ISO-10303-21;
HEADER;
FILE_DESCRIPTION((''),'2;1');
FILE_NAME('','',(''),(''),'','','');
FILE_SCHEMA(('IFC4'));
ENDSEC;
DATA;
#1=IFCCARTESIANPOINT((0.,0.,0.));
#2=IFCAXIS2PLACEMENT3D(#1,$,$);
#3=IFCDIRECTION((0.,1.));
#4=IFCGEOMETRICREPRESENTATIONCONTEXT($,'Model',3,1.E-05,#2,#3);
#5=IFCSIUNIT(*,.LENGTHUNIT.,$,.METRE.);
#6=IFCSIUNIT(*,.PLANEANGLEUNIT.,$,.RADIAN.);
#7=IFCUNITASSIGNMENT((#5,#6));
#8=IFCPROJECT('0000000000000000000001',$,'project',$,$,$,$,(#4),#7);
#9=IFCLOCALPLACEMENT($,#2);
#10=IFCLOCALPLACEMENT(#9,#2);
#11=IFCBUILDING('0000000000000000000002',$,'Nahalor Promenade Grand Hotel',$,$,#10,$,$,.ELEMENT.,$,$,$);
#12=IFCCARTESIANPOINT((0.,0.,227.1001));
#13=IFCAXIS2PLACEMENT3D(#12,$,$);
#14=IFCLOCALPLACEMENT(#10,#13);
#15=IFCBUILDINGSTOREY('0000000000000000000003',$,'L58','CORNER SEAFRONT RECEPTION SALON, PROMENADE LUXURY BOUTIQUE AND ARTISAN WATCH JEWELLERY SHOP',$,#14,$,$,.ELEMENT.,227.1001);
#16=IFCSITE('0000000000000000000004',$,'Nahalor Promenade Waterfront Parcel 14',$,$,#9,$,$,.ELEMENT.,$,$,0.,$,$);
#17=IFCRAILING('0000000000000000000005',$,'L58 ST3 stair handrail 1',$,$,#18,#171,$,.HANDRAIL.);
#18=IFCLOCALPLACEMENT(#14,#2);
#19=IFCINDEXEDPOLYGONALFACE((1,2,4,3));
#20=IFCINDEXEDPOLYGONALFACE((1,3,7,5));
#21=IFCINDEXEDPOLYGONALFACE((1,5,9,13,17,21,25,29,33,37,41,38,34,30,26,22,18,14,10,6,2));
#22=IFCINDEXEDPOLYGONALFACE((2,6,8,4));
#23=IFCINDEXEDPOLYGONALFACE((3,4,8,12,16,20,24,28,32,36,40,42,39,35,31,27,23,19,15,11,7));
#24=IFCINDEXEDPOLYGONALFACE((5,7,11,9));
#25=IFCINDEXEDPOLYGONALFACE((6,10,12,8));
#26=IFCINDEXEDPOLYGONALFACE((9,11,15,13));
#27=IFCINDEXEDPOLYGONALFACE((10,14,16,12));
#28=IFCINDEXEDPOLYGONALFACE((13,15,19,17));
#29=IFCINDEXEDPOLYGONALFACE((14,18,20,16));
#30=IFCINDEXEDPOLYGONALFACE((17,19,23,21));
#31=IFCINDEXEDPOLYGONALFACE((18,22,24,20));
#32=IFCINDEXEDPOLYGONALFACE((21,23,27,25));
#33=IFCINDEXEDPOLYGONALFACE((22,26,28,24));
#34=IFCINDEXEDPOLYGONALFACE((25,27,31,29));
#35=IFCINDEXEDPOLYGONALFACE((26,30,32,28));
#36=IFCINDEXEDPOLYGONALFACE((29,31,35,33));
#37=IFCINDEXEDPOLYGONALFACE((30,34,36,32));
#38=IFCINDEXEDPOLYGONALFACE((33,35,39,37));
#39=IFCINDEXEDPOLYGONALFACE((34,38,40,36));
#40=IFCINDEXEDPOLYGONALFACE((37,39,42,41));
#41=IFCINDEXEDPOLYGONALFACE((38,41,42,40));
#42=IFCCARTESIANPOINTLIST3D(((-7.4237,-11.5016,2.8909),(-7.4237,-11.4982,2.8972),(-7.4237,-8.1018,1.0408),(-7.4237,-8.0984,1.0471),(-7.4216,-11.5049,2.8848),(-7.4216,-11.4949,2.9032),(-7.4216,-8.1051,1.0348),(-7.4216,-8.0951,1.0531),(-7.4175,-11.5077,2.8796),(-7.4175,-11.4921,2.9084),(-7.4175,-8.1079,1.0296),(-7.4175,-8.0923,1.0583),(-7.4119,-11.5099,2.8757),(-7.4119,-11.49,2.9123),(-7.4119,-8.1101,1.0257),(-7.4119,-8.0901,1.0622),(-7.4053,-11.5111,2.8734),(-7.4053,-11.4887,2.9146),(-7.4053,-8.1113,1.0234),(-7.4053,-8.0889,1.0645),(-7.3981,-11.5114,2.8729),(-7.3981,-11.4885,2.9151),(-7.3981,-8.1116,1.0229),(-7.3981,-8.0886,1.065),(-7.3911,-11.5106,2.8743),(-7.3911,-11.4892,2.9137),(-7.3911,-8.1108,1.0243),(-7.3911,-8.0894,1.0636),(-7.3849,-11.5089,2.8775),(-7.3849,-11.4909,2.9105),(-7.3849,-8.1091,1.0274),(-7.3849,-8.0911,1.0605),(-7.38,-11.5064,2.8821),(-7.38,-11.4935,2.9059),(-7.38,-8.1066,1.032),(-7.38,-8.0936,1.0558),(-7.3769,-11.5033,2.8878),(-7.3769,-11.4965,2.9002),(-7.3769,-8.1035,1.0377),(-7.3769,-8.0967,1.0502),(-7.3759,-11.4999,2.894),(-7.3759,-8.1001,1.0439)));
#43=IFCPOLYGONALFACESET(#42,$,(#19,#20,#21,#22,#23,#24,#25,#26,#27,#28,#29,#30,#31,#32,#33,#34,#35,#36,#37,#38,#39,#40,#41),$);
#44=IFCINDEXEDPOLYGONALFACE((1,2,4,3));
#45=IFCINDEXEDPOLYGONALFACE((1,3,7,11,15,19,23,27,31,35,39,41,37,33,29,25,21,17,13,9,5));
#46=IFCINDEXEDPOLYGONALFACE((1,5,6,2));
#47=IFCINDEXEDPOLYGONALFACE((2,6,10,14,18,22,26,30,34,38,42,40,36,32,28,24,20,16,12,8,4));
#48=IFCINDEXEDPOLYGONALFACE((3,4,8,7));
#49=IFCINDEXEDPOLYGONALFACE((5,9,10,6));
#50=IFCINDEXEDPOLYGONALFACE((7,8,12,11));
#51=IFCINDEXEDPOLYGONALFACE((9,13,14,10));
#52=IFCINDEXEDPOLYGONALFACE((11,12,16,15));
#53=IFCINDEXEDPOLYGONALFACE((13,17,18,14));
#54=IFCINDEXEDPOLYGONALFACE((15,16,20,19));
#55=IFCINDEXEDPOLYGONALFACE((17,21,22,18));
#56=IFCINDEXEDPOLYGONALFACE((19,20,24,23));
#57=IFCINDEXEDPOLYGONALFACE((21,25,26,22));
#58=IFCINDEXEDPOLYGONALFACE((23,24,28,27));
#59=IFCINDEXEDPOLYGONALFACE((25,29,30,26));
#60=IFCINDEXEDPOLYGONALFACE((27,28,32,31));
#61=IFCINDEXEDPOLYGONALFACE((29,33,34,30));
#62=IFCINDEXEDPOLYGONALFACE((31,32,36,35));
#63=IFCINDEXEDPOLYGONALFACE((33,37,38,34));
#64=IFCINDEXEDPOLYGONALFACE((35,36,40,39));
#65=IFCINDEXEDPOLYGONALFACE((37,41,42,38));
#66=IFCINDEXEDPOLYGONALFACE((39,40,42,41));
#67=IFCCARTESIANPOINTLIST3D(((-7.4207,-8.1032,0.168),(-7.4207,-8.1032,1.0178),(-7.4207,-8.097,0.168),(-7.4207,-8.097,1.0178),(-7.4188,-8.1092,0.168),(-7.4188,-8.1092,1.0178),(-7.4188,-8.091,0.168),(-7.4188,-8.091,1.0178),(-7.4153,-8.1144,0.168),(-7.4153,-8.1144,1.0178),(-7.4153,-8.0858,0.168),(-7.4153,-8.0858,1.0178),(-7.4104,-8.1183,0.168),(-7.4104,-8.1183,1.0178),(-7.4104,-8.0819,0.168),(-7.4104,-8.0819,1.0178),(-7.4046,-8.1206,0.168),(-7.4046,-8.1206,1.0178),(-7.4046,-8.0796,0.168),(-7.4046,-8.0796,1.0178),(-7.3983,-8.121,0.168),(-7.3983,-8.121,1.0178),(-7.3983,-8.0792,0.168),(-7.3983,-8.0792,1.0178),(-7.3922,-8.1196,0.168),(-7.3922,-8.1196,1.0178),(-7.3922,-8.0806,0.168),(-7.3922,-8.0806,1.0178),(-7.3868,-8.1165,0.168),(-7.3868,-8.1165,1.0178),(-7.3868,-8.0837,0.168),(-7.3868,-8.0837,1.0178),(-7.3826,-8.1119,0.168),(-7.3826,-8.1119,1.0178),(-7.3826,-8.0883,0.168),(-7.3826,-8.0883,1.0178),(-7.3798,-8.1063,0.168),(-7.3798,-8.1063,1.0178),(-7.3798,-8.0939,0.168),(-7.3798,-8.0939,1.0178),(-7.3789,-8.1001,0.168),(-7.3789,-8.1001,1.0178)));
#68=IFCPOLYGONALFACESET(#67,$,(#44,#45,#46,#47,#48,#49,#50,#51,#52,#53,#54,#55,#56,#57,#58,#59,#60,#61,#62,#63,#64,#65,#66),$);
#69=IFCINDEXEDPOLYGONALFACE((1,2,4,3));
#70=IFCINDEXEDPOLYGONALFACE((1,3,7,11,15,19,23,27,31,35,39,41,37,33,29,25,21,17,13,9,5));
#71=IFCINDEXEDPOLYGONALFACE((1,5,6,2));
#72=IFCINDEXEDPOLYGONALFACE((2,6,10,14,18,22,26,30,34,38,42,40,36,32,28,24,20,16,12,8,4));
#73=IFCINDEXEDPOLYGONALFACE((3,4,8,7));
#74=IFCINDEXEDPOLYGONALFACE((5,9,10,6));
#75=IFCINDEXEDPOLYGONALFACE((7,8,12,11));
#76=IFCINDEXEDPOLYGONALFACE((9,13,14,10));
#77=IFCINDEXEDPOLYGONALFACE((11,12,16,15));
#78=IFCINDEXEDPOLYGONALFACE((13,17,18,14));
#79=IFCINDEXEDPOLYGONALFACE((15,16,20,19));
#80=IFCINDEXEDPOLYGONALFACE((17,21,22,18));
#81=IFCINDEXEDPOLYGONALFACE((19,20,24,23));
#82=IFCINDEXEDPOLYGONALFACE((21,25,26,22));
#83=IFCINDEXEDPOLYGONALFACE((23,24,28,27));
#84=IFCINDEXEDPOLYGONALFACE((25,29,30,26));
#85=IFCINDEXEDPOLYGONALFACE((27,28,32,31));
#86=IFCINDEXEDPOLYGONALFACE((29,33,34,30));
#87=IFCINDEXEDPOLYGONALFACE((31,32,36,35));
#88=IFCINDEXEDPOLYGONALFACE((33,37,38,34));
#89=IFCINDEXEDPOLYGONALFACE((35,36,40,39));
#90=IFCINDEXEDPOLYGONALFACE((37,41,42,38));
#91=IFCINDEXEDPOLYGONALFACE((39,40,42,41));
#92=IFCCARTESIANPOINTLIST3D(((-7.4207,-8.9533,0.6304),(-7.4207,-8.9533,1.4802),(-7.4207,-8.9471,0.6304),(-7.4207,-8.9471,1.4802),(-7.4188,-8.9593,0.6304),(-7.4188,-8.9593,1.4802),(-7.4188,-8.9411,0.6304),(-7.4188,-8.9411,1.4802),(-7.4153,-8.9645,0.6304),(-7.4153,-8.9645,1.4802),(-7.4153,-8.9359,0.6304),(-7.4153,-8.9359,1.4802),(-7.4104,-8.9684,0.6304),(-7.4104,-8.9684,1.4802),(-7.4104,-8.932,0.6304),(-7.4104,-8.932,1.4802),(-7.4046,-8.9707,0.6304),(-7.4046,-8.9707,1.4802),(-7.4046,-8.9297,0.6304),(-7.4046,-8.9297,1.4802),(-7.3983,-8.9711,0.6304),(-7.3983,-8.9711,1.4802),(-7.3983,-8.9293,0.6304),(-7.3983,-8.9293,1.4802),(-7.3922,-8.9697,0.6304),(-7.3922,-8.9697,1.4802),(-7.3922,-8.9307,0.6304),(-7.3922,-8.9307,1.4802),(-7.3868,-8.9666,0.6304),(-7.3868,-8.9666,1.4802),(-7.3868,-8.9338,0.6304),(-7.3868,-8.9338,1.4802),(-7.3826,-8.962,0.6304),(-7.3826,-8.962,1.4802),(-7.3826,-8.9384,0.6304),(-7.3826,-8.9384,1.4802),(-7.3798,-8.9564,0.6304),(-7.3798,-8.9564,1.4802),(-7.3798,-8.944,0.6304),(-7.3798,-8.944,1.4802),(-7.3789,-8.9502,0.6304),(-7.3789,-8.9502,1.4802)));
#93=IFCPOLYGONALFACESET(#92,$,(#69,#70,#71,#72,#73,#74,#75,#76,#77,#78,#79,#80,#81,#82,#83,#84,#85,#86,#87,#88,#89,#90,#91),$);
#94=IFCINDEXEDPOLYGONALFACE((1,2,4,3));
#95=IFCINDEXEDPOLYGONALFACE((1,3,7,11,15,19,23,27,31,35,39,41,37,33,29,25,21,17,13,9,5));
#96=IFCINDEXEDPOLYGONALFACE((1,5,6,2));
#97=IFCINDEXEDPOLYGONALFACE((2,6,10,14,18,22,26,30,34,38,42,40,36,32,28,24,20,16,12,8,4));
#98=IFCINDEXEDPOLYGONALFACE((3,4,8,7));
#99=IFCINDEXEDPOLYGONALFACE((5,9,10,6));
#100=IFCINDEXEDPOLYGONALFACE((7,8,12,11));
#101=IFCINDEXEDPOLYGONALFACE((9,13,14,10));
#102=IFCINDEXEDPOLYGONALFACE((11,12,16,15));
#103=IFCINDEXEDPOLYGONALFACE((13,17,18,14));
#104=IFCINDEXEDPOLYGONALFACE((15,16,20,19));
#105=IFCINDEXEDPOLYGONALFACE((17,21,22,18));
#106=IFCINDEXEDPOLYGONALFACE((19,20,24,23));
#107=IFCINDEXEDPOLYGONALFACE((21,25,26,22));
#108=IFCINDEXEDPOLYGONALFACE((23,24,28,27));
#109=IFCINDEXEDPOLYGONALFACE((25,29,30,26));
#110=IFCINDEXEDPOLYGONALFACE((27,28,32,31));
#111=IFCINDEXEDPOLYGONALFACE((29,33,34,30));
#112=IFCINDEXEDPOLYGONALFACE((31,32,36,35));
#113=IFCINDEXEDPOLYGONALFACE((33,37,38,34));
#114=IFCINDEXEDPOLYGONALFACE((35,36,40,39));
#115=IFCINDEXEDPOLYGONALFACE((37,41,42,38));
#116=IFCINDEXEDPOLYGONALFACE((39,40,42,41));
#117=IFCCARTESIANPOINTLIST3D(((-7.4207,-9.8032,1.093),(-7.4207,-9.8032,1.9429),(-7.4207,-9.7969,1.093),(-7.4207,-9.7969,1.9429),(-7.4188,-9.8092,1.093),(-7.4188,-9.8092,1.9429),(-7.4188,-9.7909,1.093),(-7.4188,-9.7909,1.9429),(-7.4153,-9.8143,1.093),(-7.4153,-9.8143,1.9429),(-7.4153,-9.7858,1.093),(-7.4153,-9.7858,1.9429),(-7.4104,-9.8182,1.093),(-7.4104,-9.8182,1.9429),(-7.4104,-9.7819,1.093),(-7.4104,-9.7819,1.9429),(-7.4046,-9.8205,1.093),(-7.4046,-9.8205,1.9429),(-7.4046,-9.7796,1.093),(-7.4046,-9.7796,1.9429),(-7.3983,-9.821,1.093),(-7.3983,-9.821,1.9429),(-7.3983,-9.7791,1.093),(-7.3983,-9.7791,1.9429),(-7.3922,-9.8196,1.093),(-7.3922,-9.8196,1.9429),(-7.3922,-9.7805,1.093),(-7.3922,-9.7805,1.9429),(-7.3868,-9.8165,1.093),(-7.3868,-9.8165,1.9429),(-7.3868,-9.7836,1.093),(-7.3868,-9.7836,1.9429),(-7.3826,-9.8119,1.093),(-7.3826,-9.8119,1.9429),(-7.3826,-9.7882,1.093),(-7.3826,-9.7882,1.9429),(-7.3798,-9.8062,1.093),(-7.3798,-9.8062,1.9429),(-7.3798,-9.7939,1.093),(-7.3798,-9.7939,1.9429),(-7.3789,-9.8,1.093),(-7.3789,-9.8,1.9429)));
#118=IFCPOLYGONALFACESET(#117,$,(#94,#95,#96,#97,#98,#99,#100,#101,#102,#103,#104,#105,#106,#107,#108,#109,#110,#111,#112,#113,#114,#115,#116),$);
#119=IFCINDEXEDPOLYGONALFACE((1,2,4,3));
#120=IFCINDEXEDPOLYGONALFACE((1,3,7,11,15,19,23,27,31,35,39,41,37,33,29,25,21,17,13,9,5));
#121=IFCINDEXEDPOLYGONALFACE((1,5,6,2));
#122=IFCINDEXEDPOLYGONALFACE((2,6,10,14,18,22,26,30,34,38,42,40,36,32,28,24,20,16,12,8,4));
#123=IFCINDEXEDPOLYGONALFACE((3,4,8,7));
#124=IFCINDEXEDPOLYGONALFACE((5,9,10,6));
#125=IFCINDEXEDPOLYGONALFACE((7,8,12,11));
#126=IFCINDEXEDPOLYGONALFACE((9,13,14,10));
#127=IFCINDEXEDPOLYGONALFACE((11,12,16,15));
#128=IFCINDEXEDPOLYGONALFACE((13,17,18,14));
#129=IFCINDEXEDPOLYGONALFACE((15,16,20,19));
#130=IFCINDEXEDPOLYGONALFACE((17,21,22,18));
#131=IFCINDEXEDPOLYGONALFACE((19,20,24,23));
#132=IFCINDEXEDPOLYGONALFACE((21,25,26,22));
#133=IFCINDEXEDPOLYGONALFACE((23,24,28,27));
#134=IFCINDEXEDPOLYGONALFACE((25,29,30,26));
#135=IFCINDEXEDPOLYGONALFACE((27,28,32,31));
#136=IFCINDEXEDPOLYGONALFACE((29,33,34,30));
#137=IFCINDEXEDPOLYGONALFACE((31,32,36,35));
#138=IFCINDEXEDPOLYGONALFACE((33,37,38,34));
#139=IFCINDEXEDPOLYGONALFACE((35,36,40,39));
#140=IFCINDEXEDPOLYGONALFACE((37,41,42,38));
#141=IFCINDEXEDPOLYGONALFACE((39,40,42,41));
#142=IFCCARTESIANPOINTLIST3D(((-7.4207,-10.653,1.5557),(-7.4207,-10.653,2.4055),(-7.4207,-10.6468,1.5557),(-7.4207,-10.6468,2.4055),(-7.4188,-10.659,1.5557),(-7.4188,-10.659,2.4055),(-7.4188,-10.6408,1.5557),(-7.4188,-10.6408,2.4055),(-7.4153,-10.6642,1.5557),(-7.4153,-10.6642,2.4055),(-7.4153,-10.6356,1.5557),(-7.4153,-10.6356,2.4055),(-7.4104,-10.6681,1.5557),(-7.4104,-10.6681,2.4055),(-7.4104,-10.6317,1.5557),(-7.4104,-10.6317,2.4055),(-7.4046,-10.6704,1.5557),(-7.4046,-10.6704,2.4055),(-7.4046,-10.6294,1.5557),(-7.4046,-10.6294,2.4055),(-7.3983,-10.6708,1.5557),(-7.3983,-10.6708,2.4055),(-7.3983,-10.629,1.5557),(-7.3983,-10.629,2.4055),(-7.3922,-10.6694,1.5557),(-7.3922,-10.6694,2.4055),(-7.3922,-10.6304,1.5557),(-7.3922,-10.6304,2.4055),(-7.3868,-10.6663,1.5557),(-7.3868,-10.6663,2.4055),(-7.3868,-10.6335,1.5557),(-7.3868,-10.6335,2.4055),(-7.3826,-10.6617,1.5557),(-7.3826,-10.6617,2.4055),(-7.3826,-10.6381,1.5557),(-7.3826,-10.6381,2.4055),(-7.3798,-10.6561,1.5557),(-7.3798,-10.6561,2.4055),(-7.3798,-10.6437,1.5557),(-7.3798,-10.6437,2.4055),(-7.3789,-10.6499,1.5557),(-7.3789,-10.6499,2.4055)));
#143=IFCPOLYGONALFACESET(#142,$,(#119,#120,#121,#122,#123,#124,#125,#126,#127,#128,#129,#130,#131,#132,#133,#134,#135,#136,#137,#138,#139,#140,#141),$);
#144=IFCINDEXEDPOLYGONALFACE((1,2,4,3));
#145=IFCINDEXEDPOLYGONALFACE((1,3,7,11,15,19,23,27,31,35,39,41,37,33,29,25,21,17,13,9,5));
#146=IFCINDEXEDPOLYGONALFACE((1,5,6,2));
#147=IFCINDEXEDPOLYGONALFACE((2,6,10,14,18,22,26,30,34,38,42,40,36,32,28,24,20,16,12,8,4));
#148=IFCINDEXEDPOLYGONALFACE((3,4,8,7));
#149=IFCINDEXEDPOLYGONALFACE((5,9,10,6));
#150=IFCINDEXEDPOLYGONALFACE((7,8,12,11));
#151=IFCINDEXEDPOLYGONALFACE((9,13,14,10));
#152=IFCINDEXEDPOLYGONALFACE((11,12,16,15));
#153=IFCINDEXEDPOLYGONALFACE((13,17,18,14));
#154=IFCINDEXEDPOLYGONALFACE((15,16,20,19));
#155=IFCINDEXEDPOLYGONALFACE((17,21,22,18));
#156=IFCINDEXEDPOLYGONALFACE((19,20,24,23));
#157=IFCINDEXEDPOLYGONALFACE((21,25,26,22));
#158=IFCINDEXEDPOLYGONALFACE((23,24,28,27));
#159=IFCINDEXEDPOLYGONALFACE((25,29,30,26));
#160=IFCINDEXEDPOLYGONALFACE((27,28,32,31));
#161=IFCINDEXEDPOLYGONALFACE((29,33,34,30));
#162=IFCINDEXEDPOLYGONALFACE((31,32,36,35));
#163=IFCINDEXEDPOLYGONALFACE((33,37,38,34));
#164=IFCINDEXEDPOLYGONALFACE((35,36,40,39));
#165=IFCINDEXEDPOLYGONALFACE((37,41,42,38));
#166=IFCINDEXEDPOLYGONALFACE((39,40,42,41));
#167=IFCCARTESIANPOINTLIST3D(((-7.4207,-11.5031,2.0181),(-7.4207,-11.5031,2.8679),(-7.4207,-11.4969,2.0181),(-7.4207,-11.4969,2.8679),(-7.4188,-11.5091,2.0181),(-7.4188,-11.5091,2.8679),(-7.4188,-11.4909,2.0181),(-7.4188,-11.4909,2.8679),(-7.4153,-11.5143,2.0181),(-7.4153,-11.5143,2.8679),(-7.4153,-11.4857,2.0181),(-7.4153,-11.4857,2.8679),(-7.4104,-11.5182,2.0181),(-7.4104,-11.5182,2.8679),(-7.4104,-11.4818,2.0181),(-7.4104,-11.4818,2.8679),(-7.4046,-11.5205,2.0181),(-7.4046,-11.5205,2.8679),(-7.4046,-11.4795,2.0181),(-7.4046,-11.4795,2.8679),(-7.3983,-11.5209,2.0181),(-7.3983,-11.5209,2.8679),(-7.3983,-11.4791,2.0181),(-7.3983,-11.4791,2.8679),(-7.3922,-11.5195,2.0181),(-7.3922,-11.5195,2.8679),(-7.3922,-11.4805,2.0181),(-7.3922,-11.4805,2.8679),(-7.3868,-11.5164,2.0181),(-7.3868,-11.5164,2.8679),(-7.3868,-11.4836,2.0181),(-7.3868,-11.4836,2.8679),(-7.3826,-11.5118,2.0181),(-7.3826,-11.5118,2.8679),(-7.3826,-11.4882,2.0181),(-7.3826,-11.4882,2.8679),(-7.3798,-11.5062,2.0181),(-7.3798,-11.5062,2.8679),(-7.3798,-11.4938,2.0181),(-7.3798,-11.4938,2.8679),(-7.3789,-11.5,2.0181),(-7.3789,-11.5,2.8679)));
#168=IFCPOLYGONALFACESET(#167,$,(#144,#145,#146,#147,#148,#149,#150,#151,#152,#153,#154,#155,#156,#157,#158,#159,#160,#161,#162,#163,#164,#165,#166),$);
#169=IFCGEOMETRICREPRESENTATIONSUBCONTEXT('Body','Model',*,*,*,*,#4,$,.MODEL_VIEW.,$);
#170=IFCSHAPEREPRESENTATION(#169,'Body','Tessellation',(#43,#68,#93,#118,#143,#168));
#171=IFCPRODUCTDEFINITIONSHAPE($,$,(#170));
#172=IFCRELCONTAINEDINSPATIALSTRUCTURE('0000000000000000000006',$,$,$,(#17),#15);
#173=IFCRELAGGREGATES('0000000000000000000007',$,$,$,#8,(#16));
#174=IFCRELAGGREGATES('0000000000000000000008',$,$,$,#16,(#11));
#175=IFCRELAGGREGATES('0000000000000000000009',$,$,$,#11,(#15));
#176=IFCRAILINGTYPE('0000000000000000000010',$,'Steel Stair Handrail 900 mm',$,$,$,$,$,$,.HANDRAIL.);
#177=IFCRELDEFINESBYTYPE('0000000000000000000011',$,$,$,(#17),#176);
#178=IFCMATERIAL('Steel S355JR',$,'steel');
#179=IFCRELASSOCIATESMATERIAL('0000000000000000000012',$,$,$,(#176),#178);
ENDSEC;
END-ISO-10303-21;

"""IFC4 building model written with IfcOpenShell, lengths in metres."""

from ifc_helpers import new_model, si_unit, direction, frame, origin, origin_2d, place, context, subcontext, project, spatial, circle, extrude, material, type_object, element, save


model = new_model("IFC4")

# Units and contexts
model_context = context("Model", 3, precision=1e-05, world=origin(), true_north=direction((0.0, 1.0)))
body_context = subcontext(model_context, "Body", "Model", "MODEL_VIEW")
ifc_project = project(units=[si_unit("LENGTHUNIT", "METRE"), si_unit("PLANEANGLEUNIT", "RADIAN")], contexts=[model_context])

# Site, building, storey
site_placement = place(None, origin())
site = spatial("IfcSite", under=ifc_project, at=site_placement, Name="Nahalor Promenade Waterfront Parcel 14", CompositionType="ELEMENT", RefElevation=0.0)
building_placement = place(site_placement, origin())
building = spatial("IfcBuilding", under=site, at=building_placement, Name="Nahalor Promenade Grand Hotel", CompositionType="ELEMENT")
storey_placement = place(building_placement, frame((0.0, 0.0, 227.1001)))
storey = spatial("IfcBuildingStorey", under=building, at=storey_placement, Name="L58", Description="CORNER SEAFRONT RECEPTION SALON, PROMENADE LUXURY BOUTIQUE AND ARTISAN WATCH JEWELLERY SHOP", CompositionType="ELEMENT", Elevation=227.1001)

# Shared definitions
ifc_material_1 = material(Name="Steel S355JR", Category="steel")

# Railing
railing_type_1 = type_object("IfcRailingType", Name="Steel Stair Handrail 900 mm", PredefinedType="HANDRAIL", material=ifc_material_1)
railing_1_placement = place(storey_placement, frame((-7.3999, -8.1001, 0.168)))
element("IfcRailing", 1, at=railing_1_placement, inside=storey, type_object=railing_type_1, Name="L58 ST3 stair handrail 1", PredefinedType="HANDRAIL", context=body_context, shape_type="SweptSolid", body=[
    extrude(circle(Radius=0.024, at=origin_2d()), frame((0.0, 0.0, 0.876), z_axis=(0.0, -0.878372, 0.477977), x_axis=(1.0, 0.0, 0.0)), (0.0, 0.0, 1.0), 3.8706),
    extrude(circle(Radius=0.021, at=origin_2d()), origin(), (0.0, 0.0, 1.0), 0.8499),
    extrude(circle(Radius=0.021, at=origin_2d()), frame((0.0, -0.8501, 0.4624)), (0.0, 0.0, 1.0), 0.8499),
    extrude(circle(Radius=0.021, at=origin_2d()), frame((0.0, -1.7, 0.925)), (0.0, 0.0, 1.0), 0.8499),
    extrude(circle(Radius=0.021, at=origin_2d()), frame((0.0, -2.5498, 1.3877)), (0.0, 0.0, 1.0), 0.8499),
    extrude(circle(Radius=0.021, at=origin_2d()), frame((0.0, -3.3999, 1.8501)), (0.0, 0.0, 1.0), 0.8499),
])

save(model, "model.ifc")
